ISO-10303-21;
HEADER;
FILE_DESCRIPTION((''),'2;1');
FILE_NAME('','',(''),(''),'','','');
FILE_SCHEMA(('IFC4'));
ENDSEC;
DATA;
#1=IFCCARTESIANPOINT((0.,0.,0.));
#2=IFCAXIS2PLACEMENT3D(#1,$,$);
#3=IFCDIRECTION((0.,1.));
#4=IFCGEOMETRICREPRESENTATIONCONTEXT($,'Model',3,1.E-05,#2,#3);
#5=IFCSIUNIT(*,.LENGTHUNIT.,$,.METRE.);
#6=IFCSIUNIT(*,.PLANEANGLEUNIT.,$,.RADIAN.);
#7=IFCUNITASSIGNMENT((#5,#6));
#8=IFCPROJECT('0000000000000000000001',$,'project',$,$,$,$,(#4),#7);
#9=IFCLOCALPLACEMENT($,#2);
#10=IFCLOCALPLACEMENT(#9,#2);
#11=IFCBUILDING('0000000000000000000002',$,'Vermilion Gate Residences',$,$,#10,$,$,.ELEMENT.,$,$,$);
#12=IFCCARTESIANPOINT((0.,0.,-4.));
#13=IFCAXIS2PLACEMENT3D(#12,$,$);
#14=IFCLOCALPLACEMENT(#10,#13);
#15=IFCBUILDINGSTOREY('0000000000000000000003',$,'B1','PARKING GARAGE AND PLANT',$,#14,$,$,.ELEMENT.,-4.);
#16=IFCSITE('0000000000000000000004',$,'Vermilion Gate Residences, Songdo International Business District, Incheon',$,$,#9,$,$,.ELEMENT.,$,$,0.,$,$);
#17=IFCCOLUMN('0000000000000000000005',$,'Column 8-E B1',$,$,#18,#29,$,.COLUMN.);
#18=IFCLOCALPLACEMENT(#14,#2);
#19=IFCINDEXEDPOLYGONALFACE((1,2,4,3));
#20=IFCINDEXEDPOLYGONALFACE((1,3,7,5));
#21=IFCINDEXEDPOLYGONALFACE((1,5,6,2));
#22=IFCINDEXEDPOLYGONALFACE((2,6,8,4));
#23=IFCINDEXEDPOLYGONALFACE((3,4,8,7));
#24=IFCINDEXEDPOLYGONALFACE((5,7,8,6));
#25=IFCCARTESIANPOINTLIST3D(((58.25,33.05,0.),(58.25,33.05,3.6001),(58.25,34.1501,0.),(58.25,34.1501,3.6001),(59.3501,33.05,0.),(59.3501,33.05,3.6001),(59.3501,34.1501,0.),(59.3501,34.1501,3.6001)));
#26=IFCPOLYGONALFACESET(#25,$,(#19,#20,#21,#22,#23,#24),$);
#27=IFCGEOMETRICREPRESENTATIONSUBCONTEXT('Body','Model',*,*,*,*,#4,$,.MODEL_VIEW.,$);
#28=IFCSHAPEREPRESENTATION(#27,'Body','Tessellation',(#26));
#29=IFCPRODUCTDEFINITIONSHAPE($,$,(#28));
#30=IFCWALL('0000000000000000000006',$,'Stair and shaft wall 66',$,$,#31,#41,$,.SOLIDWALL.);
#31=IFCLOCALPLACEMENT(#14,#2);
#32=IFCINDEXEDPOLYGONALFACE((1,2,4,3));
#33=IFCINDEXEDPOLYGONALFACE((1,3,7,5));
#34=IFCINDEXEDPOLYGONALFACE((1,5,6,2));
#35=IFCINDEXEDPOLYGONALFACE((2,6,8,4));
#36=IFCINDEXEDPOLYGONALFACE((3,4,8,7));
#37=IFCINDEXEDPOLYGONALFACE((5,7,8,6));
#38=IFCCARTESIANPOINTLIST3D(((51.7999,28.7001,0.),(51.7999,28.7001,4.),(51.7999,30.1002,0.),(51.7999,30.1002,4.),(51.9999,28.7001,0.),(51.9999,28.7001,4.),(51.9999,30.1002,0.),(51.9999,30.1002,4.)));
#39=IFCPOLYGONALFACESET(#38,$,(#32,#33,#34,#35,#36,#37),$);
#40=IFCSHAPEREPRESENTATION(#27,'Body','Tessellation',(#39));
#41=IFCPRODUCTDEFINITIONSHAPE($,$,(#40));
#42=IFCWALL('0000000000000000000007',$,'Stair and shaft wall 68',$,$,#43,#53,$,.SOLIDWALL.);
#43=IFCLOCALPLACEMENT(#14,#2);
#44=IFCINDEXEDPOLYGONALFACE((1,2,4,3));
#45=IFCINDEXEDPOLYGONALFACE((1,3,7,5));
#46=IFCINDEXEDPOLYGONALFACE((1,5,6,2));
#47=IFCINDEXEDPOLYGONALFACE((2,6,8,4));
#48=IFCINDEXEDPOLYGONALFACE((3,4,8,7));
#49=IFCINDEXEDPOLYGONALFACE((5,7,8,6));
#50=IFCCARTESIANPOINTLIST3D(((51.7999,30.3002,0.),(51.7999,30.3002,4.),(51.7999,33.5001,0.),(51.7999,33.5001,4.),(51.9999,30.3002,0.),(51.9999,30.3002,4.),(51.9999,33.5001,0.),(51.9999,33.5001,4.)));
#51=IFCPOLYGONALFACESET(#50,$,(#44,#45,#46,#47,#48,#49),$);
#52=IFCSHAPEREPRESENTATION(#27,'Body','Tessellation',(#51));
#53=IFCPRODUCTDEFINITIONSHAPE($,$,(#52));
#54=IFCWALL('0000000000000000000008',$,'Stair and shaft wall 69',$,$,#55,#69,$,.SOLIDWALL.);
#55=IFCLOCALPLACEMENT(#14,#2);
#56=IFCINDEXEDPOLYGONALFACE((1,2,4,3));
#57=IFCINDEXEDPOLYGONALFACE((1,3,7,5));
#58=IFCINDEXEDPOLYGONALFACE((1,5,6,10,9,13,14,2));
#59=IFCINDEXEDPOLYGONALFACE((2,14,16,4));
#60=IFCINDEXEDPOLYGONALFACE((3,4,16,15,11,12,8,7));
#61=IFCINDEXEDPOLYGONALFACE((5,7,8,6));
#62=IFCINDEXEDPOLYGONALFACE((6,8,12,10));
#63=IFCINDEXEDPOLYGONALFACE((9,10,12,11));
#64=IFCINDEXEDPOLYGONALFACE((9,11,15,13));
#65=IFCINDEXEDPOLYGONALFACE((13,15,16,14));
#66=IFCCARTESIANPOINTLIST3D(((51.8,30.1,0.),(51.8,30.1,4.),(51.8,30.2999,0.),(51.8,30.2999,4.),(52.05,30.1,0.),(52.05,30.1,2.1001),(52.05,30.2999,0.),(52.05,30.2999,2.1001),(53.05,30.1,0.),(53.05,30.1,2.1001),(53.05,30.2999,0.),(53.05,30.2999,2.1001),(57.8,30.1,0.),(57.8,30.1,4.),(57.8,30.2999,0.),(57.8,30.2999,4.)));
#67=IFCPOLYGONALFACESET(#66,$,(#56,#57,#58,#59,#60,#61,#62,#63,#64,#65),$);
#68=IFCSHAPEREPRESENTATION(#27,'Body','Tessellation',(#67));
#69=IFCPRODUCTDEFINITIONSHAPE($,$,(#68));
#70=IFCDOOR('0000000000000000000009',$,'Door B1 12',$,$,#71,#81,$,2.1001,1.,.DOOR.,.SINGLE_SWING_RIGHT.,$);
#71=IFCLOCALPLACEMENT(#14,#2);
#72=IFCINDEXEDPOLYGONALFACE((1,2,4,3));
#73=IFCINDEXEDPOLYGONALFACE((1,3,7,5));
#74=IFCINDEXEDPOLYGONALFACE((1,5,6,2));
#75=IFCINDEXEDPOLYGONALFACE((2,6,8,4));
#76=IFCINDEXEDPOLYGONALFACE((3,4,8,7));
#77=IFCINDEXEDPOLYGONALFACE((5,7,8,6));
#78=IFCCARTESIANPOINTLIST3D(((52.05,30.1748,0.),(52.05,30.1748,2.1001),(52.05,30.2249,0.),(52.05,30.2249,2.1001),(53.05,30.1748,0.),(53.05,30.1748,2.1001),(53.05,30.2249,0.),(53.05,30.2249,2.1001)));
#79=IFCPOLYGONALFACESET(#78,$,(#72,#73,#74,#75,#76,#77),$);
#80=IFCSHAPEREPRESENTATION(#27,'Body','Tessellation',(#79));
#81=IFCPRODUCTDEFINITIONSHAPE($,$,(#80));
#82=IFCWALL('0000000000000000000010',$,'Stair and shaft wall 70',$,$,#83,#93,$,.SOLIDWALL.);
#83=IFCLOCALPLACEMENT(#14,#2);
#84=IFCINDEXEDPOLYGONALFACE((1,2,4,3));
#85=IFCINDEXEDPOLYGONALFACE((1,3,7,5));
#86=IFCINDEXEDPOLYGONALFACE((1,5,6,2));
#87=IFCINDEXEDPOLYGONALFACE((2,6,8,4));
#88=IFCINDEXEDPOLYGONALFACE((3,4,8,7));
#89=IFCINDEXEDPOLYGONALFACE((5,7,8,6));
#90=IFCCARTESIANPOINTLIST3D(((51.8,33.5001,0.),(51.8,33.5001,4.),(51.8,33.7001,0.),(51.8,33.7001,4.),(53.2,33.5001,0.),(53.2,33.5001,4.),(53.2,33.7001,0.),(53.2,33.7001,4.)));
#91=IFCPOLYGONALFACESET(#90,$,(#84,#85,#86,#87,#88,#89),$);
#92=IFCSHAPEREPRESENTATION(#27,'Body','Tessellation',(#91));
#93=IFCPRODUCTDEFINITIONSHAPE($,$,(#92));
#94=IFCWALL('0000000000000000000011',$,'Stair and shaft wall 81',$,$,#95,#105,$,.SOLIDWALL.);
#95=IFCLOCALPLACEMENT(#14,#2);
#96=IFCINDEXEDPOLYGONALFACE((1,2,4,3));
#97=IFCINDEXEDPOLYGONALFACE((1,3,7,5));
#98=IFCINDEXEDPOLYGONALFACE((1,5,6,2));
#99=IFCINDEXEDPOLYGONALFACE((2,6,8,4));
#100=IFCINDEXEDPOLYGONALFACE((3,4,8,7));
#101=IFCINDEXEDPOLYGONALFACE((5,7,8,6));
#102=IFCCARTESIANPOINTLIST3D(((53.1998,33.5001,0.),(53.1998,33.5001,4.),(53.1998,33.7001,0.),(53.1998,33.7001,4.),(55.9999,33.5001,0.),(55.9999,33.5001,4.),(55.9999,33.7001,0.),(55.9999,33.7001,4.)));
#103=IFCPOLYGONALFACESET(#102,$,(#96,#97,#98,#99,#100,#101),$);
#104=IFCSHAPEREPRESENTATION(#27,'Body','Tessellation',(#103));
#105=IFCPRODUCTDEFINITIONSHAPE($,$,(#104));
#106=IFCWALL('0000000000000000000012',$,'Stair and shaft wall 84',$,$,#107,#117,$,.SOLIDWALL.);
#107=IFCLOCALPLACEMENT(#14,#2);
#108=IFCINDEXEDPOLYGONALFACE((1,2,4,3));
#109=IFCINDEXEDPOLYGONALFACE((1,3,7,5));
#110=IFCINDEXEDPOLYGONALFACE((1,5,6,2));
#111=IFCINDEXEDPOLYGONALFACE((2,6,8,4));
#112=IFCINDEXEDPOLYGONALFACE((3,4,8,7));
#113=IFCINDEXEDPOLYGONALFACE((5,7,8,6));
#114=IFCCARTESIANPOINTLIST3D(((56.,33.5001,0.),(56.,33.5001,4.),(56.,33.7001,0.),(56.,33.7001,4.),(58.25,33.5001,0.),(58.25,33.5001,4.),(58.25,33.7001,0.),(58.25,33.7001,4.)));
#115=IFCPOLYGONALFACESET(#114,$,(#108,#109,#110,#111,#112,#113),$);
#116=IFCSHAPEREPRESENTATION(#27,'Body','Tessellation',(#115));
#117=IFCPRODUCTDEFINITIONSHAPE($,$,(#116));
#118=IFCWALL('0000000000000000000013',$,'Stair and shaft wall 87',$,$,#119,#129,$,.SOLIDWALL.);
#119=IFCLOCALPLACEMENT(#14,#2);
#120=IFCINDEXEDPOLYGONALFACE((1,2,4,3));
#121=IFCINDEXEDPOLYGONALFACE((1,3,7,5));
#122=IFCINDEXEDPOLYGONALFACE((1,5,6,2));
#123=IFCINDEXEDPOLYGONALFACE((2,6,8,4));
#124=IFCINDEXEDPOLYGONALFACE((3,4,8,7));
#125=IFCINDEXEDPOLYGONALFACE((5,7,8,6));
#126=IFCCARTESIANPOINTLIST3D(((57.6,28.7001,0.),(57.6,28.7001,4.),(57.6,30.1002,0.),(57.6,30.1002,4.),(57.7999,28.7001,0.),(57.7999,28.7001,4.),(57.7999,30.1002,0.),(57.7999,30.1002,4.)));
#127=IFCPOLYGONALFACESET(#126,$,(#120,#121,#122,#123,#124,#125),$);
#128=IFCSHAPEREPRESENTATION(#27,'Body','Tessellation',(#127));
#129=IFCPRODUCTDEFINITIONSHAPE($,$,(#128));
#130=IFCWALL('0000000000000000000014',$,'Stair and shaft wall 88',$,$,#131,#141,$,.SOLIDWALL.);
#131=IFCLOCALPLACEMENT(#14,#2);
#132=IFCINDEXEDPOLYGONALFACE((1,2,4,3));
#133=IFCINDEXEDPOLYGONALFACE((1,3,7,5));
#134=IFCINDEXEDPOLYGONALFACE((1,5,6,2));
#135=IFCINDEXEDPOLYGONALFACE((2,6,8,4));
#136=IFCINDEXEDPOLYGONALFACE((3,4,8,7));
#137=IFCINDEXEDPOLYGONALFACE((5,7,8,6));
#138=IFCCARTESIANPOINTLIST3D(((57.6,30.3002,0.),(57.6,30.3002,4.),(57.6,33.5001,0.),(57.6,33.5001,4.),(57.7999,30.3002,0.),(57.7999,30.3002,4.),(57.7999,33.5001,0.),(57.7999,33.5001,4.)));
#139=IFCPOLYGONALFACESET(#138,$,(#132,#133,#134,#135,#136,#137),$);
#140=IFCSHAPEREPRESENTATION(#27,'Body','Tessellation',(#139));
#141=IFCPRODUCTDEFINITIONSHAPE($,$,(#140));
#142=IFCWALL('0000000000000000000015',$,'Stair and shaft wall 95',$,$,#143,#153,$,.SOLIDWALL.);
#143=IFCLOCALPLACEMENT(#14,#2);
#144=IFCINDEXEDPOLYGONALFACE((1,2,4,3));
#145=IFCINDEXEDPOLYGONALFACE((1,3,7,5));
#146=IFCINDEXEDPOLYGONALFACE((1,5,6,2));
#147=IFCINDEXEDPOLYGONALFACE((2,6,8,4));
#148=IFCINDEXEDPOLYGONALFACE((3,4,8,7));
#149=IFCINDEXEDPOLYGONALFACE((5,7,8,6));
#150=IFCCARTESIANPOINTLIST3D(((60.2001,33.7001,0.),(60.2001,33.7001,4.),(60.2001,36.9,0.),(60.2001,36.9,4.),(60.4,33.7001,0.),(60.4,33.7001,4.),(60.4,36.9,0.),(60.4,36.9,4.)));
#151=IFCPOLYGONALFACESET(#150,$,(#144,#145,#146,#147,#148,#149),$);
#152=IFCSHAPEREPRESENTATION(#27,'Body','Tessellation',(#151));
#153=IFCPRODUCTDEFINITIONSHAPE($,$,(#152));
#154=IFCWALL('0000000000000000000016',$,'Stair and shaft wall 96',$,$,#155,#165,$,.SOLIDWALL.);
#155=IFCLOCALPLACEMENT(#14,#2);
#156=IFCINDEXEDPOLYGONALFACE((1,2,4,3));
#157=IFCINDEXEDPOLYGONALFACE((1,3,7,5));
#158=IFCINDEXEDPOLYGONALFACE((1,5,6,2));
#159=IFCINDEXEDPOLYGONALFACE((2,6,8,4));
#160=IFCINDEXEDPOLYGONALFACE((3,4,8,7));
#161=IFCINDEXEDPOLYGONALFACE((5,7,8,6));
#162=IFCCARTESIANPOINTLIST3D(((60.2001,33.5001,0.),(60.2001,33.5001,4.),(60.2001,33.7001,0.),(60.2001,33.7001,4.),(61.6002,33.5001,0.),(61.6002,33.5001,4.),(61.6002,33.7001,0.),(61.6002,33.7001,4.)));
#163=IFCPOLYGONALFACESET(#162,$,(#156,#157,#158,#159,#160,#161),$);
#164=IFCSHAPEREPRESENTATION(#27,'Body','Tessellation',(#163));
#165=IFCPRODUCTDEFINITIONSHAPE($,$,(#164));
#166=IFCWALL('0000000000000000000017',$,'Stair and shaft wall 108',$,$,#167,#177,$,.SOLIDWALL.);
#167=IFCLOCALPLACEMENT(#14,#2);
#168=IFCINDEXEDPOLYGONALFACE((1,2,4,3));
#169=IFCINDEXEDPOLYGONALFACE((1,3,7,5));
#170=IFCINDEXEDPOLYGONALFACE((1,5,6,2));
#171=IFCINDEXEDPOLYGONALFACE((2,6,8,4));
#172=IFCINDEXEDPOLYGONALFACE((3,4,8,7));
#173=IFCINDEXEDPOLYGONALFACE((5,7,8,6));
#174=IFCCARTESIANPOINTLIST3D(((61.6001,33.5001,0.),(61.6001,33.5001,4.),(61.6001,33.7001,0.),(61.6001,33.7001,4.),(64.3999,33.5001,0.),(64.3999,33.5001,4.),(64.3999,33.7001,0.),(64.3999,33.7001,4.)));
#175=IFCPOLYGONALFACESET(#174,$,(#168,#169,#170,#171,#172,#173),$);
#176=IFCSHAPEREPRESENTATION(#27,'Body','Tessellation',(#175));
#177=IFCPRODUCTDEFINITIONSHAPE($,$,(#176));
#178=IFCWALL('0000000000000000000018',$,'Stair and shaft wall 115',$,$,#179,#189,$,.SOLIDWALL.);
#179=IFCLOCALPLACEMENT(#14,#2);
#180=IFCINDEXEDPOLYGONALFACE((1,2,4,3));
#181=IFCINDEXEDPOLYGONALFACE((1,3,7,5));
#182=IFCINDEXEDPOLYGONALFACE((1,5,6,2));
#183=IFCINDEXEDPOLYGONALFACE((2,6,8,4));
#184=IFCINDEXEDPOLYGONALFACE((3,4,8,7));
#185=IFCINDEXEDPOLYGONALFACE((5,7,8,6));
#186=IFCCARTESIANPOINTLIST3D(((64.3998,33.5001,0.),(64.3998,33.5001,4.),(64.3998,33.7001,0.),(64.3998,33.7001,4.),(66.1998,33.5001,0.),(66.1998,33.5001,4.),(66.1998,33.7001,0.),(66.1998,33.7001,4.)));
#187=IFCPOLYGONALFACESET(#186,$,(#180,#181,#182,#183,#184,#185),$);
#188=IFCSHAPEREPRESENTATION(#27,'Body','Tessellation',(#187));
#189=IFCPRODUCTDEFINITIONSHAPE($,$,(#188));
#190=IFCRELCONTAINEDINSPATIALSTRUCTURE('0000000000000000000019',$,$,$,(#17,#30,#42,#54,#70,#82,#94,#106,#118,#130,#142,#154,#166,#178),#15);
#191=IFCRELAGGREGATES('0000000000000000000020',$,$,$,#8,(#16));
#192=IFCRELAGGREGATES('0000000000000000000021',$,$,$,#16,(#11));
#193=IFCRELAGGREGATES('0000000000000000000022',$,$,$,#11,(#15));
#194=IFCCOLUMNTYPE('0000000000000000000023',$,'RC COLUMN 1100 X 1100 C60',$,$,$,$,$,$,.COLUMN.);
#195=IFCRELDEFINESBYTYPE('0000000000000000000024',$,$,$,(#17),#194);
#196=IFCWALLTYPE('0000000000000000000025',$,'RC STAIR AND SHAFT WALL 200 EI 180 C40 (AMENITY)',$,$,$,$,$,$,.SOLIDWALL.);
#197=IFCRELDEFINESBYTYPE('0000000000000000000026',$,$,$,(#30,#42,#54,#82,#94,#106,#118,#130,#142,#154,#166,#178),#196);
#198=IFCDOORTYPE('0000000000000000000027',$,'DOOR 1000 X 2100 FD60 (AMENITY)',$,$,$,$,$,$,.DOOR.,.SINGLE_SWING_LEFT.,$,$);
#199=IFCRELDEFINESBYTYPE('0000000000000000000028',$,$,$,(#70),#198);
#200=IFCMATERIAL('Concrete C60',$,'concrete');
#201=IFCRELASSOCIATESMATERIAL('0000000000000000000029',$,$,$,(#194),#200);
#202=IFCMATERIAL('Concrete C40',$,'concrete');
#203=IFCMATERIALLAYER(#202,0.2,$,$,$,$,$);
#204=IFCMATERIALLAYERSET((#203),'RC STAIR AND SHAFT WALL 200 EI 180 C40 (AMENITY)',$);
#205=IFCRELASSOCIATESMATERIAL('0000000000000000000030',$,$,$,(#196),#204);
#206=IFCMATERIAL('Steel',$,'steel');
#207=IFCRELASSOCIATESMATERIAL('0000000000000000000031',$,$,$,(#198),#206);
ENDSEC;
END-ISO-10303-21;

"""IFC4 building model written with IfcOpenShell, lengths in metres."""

from ifc_helpers import new_model, si_unit, direction, frame, frame_2d, origin, origin_2d, place, context, subcontext, project, spatial, rectangle, extrude, material, layer, layer_set, material_profile, profile_set, type_object, element, fill, save


model = new_model("IFC4")

# Units and contexts
model_context = context("Model", 3, precision=1e-05, world=origin(), true_north=direction((0.0, 1.0)))
body_context = subcontext(model_context, "Body", "Model", "MODEL_VIEW")
ifc_project = project(units=[si_unit("LENGTHUNIT", "METRE"), si_unit("PLANEANGLEUNIT", "RADIAN")], contexts=[model_context])

# Site, building, storey
site_placement = place(None, origin())
site = spatial("IfcSite", under=ifc_project, at=site_placement, Name="Vermilion Gate Residences, Songdo International Business District, Incheon", CompositionType="ELEMENT", RefElevation=0.0)
building_placement = place(site_placement, origin())
building = spatial("IfcBuilding", under=site, at=building_placement, Name="Vermilion Gate Residences", CompositionType="ELEMENT")
storey_placement = place(building_placement, frame((0.0, 0.0, -4.0)))
storey = spatial("IfcBuildingStorey", under=building, at=storey_placement, Name="B1", Description="PARKING GARAGE AND PLANT", CompositionType="ELEMENT", Elevation=-4.0)

# Column
ifc_material_1 = material(Name="Concrete C60", Category="concrete")
ifc_material_profile = material_profile(ifc_material_1, rectangle(XDim=1.1001, YDim=1.1001, at=origin_2d()), Name="RC-1100x1100")
ifc_profile_set = profile_set([ifc_material_profile], Name="Concrete C60")
column_type = type_object("IfcColumnType", Name="RC COLUMN 1100 X 1100 C60", PredefinedType="COLUMN", material=ifc_profile_set)
column_placement = place(storey_placement, frame((58.8, 33.6001, 0.0), z_axis=(0.0, 0.0, 1.0), x_axis=(1.0, 0.0, 0.0)))
element("IfcColumn", 1, at=column_placement, inside=storey, type_object=column_type, Name="Column 8-E B1", PredefinedType="COLUMN", context=body_context, shape_type="SweptSolid", body=[
    extrude(rectangle(XDim=1.1001, YDim=1.1001, at=origin_2d()), origin(), (0.0, 0.0, 1.0), 3.6001),
])

# Walls
ifc_material_2 = material(Name="Concrete C40", Category="concrete")
ifc_layer = layer(ifc_material_2, 0.2)
ifc_layer_set = layer_set([ifc_layer], Name="RC STAIR AND SHAFT WALL 200 EI 180 C40 (AMENITY)")
wall_type = type_object("IfcWallType", Name="RC STAIR AND SHAFT WALL 200 EI 180 C40 (AMENITY)", PredefinedType="SOLIDWALL", material=ifc_layer_set)
wall_1_placement = place(storey_placement, frame((51.8999, 28.7, 0.0), z_axis=(0.0, 0.0, 1.0), x_axis=(0.0, 1.0, 0.0)))
element("IfcWall", 2, at=wall_1_placement, inside=storey, type_object=wall_type, Name="Stair and shaft wall 66", PredefinedType="SOLIDWALL", context=body_context, shape_type="SweptSolid", body=[
    extrude(rectangle(XDim=1.4001, YDim=0.2, at=frame_2d((0.7002, 0.0))), origin(), (0.0, 0.0, 1.0), 4.0),
])
wall_2_placement = place(storey_placement, frame((51.8999, 30.3, 0.0), z_axis=(0.0, 0.0, 1.0), x_axis=(0.0, 1.0, 0.0)))
element("IfcWall", 3, at=wall_2_placement, inside=storey, type_object=wall_type, Name="Stair and shaft wall 68", PredefinedType="SOLIDWALL", context=body_context, shape_type="SweptSolid", body=[
    extrude(rectangle(XDim=3.2, YDim=0.2, at=frame_2d((1.6001, 0.0))), origin(), (0.0, 0.0, 1.0), 4.0),
])

# Wall, opening, door
wall_3_placement = place(storey_placement, frame((51.8, 30.2, 0.0), z_axis=(0.0, 0.0, 1.0), x_axis=(1.0, 0.0, 0.0)))
wall_3 = element("IfcWall", 4, at=wall_3_placement, inside=storey, type_object=wall_type, Name="Stair and shaft wall 69", PredefinedType="SOLIDWALL", context=body_context, shape_type="SweptSolid", body=[
    extrude(rectangle(XDim=6.0, YDim=0.2, at=frame_2d((3.0, 0.0))), origin(), (0.0, 0.0, 1.0), 4.0),
])
opening_placement = place(wall_3_placement, frame((0.25, 0.0, 0.0)))
opening = element("IfcOpeningElement", 5, at=opening_placement, cuts=wall_3, PredefinedType="OPENING", context=body_context, shape_type="SweptSolid", body=[
    extrude(rectangle(XDim=1.0, YDim=2.1001, at=frame_2d((0.5, 1.05))), frame((0.0, 0.1099, 0.0), z_axis=(0.0, -1.0, 0.0), x_axis=(1.0, 0.0, 0.0)), (0.0, 0.0, 1.0), 0.22),
])
ifc_material_3 = material(Name="Steel", Category="steel")
door_type = type_object("IfcDoorType", Name="DOOR 1000 X 2100 FD60 (AMENITY)", OperationType="SINGLE_SWING_LEFT", PredefinedType="DOOR", material=ifc_material_3)
door_placement = place(opening_placement, origin())
door = element("IfcDoor", 6, at=door_placement, inside=storey, type_object=door_type, Name="Door B1 12", OperationType="SINGLE_SWING_RIGHT", OverallHeight=2.1001, OverallWidth=1.0, PredefinedType="DOOR", context=body_context, shape_type="SweptSolid", body=[
    extrude(rectangle(XDim=1.0, YDim=2.1001, at=frame_2d((0.5, 1.05))), frame((0.0, 0.0249, 0.0), z_axis=(0.0, -1.0, 0.0), x_axis=(1.0, 0.0, 0.0)), (0.0, 0.0, 1.0), 0.05),
])
fill(opening, door)

# Walls
wall_4_placement = place(storey_placement, frame((51.8, 33.6001, 0.0), z_axis=(0.0, 0.0, 1.0), x_axis=(1.0, 0.0, 0.0)))
element("IfcWall", 7, at=wall_4_placement, inside=storey, type_object=wall_type, Name="Stair and shaft wall 70", PredefinedType="SOLIDWALL", context=body_context, shape_type="SweptSolid", body=[
    extrude(rectangle(XDim=1.3999, YDim=0.2, at=frame_2d((0.7, 0.0))), origin(), (0.0, 0.0, 1.0), 4.0),
])
wall_5_placement = place(storey_placement, frame((53.2, 33.6001, 0.0), z_axis=(0.0, 0.0, 1.0), x_axis=(1.0, 0.0, 0.0)))
element("IfcWall", 8, at=wall_5_placement, inside=storey, type_object=wall_type, Name="Stair and shaft wall 81", PredefinedType="SOLIDWALL", context=body_context, shape_type="SweptSolid", body=[
    extrude(rectangle(XDim=2.8, YDim=0.2, at=frame_2d((1.3999, 0.0))), origin(), (0.0, 0.0, 1.0), 4.0),
])
wall_6_placement = place(storey_placement, frame((56.0, 33.6001, 0.0), z_axis=(0.0, 0.0, 1.0), x_axis=(1.0, 0.0, 0.0)))
element("IfcWall", 9, at=wall_6_placement, inside=storey, type_object=wall_type, Name="Stair and shaft wall 84", PredefinedType="SOLIDWALL", context=body_context, shape_type="SweptSolid", body=[
    extrude(rectangle(XDim=2.25, YDim=0.2, at=frame_2d((1.125, 0.0))), origin(), (0.0, 0.0, 1.0), 4.0),
])
wall_7_placement = place(storey_placement, frame((57.7, 28.7, 0.0), z_axis=(0.0, 0.0, 1.0), x_axis=(0.0, 1.0, 0.0)))
element("IfcWall", 10, at=wall_7_placement, inside=storey, type_object=wall_type, Name="Stair and shaft wall 87", PredefinedType="SOLIDWALL", context=body_context, shape_type="SweptSolid", body=[
    extrude(rectangle(XDim=1.4001, YDim=0.2, at=frame_2d((0.7002, 0.0))), origin(), (0.0, 0.0, 1.0), 4.0),
])
for number, where, z_axis, x_axis, name in (
    (11, (57.7, 30.3, 0.0), (0.0, 0.0, 1.0), (0.0, 1.0, 0.0), "Stair and shaft wall 88"),
    (12, (60.3, 33.7, 0.0), (0.0, 0.0, 1.0), (0.0, 1.0, 0.0), "Stair and shaft wall 95"),
):
    element("IfcWall", number, at=place(storey_placement, frame(where, z_axis=z_axis, x_axis=x_axis)), inside=storey, type_object=wall_type, Name=name, PredefinedType="SOLIDWALL", context=body_context, shape_type="SweptSolid", body=[
        extrude(rectangle(XDim=3.2, YDim=0.2, at=frame_2d((1.6001, 0.0))), origin(), (0.0, 0.0, 1.0), 4.0),
    ])
wall_8_placement = place(storey_placement, frame((60.2, 33.6001, 0.0), z_axis=(0.0, 0.0, 1.0), x_axis=(1.0, 0.0, 0.0)))
element("IfcWall", 13, at=wall_8_placement, inside=storey, type_object=wall_type, Name="Stair and shaft wall 96", PredefinedType="SOLIDWALL", context=body_context, shape_type="SweptSolid", body=[
    extrude(rectangle(XDim=1.4001, YDim=0.2, at=frame_2d((0.7002, 0.0))), origin(), (0.0, 0.0, 1.0), 4.0),
])
wall_9_placement = place(storey_placement, frame((61.6001, 33.6001, 0.0), z_axis=(0.0, 0.0, 1.0), x_axis=(1.0, 0.0, 0.0)))
element("IfcWall", 14, at=wall_9_placement, inside=storey, type_object=wall_type, Name="Stair and shaft wall 108", PredefinedType="SOLIDWALL", context=body_context, shape_type="SweptSolid", body=[
    extrude(rectangle(XDim=2.7998, YDim=0.2, at=frame_2d((1.3999, 0.0))), origin(), (0.0, 0.0, 1.0), 4.0),
])
wall_10_placement = place(storey_placement, frame((64.3999, 33.6001, 0.0), z_axis=(0.0, 0.0, 1.0), x_axis=(1.0, 0.0, 0.0)))
element("IfcWall", 15, at=wall_10_placement, inside=storey, type_object=wall_type, Name="Stair and shaft wall 115", PredefinedType="SOLIDWALL", context=body_context, shape_type="SweptSolid", body=[
    extrude(rectangle(XDim=1.8, YDim=0.2, at=frame_2d((0.8999, 0.0))), origin(), (0.0, 0.0, 1.0), 4.0),
])

save(model, "model.ifc")
